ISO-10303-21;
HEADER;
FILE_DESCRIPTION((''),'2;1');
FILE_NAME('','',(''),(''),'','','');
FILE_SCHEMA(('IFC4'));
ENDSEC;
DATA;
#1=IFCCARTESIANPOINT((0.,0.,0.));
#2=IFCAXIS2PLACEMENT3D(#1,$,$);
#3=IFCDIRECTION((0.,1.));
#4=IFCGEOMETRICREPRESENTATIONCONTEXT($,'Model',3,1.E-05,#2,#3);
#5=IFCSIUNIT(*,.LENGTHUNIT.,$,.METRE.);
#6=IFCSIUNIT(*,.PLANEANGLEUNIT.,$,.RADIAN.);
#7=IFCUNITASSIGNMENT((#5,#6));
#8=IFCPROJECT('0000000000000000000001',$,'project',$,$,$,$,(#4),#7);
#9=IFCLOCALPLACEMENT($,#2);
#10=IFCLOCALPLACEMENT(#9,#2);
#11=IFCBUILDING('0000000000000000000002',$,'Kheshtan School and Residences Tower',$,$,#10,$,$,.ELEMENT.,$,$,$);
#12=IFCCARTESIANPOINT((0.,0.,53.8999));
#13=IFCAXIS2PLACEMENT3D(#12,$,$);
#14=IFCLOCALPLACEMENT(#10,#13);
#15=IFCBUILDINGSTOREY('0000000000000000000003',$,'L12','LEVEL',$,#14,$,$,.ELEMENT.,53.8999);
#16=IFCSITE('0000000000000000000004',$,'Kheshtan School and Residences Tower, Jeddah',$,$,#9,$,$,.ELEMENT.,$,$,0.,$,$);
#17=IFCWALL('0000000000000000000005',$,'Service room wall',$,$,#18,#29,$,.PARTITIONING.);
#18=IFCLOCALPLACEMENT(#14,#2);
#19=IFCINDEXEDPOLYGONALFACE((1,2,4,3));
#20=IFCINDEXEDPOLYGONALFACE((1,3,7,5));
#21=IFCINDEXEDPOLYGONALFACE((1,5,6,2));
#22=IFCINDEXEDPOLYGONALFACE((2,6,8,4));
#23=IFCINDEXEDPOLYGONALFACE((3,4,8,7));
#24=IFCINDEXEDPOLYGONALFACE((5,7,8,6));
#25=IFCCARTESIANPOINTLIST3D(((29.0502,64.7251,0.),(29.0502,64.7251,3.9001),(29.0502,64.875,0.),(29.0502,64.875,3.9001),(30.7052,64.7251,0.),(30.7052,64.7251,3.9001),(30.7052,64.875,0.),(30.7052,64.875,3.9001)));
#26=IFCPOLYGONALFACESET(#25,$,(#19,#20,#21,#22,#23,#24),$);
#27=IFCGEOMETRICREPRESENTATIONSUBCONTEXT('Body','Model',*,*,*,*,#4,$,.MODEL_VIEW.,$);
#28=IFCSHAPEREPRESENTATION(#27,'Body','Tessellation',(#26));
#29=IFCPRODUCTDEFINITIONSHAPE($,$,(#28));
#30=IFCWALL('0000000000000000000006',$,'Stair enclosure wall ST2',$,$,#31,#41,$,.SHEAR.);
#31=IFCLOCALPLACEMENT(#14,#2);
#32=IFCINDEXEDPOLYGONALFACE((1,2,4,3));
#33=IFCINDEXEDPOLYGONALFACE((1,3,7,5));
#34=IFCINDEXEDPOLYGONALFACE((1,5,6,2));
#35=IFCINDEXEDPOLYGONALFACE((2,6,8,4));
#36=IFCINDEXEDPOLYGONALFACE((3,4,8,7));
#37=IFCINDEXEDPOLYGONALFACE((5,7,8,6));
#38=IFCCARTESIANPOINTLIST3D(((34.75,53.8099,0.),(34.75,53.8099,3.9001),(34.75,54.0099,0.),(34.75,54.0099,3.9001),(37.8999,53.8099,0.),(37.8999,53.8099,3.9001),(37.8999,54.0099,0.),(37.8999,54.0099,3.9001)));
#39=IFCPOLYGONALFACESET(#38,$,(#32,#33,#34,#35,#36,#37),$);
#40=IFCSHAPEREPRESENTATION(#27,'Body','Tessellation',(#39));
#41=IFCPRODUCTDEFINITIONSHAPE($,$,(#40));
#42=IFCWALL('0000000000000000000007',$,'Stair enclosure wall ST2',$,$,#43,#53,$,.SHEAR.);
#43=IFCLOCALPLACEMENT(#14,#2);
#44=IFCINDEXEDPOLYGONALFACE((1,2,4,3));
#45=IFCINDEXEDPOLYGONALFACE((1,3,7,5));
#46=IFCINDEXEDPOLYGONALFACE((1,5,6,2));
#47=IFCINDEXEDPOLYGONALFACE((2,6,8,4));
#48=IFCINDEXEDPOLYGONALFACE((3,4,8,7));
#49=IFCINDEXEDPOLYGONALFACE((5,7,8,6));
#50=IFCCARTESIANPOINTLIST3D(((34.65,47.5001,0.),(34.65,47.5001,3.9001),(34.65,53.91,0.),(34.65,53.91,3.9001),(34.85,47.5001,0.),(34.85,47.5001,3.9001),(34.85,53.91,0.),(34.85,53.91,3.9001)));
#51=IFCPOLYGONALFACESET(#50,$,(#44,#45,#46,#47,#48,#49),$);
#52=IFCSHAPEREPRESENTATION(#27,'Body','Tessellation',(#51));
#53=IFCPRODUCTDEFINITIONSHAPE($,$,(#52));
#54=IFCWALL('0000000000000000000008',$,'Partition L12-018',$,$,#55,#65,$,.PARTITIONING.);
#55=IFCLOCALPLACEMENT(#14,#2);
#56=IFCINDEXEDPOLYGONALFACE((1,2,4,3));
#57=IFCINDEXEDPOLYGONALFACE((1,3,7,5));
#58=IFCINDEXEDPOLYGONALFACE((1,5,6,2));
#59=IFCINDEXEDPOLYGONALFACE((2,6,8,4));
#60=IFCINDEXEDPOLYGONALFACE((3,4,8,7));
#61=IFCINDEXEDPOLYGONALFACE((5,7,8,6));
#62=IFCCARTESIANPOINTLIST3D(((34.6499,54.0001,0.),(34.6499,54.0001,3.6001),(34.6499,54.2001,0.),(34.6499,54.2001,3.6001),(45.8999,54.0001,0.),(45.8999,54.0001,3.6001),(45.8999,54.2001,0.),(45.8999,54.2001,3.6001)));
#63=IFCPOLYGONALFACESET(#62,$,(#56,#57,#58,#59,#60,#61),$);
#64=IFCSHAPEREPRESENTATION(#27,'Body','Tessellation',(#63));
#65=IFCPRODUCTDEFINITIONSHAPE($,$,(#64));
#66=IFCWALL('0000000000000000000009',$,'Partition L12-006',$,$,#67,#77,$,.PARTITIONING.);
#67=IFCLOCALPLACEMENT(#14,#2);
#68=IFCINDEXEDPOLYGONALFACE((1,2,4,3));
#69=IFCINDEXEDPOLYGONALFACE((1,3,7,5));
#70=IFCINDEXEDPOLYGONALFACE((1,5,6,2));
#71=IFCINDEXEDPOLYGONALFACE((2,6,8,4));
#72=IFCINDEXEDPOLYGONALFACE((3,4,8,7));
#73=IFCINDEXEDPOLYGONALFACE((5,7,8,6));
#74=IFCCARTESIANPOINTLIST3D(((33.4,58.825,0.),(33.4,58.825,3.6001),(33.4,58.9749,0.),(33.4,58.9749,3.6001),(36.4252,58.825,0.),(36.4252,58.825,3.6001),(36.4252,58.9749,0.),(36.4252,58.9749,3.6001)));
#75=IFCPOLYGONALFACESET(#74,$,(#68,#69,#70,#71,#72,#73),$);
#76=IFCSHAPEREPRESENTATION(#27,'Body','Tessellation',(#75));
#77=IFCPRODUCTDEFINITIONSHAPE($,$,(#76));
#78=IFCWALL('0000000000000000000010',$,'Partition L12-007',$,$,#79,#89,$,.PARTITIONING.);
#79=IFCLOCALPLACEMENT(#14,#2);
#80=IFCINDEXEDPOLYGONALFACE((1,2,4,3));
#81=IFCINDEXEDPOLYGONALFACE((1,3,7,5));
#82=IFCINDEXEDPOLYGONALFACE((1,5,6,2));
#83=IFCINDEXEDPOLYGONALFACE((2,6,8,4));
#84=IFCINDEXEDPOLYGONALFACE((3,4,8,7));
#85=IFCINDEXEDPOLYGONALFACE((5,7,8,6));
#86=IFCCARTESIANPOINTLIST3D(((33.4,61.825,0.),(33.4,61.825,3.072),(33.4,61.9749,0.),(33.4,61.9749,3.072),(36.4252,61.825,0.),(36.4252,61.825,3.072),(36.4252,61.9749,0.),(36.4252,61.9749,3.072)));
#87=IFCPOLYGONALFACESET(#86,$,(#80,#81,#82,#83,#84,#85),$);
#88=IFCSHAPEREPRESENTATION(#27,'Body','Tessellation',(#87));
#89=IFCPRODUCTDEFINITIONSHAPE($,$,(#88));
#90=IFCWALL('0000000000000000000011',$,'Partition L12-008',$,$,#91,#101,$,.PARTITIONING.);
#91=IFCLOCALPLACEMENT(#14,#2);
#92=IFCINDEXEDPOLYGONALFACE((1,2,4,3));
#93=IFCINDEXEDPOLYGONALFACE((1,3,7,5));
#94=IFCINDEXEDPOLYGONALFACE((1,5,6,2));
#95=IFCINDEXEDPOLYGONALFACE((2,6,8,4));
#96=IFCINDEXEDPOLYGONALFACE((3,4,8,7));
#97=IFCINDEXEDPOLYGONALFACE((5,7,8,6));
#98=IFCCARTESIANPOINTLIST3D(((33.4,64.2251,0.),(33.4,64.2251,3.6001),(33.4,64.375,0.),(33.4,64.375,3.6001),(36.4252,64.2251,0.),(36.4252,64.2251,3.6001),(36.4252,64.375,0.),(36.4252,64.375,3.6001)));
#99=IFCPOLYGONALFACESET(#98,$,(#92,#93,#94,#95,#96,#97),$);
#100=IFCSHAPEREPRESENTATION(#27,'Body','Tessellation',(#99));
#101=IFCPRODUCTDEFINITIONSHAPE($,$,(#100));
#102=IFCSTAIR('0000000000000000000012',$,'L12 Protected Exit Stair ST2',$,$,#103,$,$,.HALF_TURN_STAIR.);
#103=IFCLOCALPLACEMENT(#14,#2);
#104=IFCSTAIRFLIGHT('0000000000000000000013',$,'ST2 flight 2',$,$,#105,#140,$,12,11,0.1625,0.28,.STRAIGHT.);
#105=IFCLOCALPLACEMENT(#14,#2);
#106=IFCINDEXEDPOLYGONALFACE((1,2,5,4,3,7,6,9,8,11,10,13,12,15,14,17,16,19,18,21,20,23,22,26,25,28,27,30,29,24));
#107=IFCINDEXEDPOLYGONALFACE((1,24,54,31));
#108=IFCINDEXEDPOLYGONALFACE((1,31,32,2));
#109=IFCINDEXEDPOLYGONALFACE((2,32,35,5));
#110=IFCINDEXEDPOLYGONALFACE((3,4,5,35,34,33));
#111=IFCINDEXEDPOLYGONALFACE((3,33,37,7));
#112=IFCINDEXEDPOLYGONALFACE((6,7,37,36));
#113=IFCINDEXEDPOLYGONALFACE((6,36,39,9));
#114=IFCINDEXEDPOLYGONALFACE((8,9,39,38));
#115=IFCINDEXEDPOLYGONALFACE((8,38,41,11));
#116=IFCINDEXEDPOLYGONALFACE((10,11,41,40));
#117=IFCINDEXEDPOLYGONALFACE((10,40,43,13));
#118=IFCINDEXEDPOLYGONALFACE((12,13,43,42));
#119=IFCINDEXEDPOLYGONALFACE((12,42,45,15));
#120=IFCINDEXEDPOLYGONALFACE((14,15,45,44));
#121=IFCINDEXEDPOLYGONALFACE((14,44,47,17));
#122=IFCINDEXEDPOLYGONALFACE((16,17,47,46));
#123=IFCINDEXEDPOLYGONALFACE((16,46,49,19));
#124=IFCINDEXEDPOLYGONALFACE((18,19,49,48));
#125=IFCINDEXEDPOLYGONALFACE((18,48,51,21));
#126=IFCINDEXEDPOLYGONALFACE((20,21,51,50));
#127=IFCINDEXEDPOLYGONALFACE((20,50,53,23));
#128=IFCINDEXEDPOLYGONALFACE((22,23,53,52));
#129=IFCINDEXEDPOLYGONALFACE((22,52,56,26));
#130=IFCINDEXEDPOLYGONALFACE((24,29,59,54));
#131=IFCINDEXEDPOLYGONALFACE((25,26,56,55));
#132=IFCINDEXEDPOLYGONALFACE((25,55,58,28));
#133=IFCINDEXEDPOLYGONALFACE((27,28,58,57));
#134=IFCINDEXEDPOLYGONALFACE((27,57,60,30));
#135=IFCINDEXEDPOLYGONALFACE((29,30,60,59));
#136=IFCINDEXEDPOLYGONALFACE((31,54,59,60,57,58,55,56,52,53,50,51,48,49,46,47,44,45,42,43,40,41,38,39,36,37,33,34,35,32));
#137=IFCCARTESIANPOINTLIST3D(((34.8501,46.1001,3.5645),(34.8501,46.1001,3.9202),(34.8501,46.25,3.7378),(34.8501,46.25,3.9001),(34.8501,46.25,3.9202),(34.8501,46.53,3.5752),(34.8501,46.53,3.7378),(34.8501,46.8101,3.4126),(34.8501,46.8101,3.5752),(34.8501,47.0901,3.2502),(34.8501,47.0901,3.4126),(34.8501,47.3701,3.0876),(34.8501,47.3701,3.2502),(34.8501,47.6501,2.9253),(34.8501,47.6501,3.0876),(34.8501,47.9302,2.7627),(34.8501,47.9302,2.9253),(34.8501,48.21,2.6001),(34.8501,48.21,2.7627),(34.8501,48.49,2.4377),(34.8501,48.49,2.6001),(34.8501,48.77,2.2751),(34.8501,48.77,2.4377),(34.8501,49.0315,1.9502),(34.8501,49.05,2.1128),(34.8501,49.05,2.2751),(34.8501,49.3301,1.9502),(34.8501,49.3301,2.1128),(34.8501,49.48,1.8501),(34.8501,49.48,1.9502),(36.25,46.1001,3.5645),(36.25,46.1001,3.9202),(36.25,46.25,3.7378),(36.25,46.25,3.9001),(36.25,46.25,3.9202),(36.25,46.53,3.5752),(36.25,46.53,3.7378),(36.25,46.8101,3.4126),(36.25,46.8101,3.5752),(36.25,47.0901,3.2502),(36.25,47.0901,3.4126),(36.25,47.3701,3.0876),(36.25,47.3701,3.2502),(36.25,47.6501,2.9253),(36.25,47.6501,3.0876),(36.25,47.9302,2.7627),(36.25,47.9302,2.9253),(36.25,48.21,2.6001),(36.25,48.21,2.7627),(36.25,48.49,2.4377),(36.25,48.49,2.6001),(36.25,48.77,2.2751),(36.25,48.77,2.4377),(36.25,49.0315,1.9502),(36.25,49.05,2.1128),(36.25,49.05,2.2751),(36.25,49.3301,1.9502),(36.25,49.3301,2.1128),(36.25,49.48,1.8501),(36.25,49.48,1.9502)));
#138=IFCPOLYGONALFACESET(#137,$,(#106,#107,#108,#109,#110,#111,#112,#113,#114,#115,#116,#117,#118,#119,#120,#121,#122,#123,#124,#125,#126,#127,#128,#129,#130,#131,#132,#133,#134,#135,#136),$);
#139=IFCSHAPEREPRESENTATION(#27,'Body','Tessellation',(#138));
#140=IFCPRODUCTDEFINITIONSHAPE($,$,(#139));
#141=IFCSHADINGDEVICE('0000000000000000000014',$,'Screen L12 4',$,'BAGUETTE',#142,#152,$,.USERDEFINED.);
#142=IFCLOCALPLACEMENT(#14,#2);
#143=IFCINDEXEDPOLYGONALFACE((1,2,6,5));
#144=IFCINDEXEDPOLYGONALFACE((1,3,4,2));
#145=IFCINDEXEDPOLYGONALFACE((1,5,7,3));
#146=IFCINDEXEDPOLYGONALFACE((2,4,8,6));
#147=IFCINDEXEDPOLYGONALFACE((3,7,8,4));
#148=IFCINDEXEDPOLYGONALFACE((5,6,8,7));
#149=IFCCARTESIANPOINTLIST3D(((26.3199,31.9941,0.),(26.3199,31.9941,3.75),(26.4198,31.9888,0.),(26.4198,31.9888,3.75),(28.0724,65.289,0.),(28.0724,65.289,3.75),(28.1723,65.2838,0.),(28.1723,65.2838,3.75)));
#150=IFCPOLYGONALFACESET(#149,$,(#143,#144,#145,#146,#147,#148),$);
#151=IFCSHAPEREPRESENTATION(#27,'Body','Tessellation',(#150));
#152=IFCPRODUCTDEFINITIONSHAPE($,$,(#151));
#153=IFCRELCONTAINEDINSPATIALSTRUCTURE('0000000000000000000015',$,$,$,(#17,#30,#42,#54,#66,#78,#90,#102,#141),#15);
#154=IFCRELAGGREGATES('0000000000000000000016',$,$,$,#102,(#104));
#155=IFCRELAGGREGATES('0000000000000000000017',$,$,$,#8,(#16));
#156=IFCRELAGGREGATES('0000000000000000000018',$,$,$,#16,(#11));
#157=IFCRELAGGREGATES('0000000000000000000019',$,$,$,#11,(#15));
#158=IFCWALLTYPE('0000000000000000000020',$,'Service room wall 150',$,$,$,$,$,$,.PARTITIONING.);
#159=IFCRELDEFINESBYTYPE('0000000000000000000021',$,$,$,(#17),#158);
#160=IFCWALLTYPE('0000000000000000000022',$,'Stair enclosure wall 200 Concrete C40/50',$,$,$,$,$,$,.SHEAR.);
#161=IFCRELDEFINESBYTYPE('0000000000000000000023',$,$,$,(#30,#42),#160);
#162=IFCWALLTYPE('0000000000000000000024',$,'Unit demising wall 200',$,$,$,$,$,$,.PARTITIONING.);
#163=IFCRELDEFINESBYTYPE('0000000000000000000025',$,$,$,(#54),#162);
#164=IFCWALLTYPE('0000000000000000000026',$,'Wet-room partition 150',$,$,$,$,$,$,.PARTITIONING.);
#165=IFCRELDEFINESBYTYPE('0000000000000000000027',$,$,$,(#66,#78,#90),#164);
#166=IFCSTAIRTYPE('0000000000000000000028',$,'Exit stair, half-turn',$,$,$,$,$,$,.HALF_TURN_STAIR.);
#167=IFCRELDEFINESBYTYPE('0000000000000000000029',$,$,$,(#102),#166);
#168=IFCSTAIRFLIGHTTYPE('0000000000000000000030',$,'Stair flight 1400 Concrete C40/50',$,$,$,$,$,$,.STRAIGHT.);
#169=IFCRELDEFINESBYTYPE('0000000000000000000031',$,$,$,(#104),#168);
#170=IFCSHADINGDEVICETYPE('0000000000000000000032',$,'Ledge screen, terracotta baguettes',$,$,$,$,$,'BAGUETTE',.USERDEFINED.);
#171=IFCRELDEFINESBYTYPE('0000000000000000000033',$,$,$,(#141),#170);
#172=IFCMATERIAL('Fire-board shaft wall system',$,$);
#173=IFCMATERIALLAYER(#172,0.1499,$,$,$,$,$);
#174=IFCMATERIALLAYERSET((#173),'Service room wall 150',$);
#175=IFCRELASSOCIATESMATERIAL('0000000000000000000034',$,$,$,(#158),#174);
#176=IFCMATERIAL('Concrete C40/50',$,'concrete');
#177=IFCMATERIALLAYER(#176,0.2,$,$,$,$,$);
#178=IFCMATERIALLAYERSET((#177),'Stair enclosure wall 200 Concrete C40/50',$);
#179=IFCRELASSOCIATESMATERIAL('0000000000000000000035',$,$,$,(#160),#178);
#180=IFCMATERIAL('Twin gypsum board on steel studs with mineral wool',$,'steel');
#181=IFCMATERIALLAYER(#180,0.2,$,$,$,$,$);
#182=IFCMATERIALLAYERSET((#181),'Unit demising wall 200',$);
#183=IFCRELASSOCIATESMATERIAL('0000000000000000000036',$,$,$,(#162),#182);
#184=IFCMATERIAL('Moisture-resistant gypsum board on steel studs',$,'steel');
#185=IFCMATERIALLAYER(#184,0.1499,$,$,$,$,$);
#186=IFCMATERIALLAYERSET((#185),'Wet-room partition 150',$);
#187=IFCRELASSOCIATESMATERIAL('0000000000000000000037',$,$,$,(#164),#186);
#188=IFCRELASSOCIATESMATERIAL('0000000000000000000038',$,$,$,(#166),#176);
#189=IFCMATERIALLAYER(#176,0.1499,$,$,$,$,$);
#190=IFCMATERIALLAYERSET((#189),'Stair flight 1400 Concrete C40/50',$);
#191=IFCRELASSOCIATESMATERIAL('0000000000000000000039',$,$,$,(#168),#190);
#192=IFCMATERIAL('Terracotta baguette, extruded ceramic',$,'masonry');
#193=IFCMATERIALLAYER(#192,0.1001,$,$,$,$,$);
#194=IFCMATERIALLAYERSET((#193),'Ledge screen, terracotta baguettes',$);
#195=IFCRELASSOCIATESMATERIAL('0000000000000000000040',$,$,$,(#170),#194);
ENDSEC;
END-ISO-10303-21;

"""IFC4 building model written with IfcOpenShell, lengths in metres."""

from ifc_helpers import new_model, si_unit, direction, frame, frame_2d, origin, origin_2d, place, context, subcontext, project, spatial, polyline, rectangle, outline, extrude, material, layer, layer_set, type_object, element, aggregate, save


model = new_model("IFC4")

# Units and contexts
model_context = context("Model", 3, precision=1e-05, world=origin(), true_north=direction((0.0, 1.0)))
body_context = subcontext(model_context, "Body", "Model", "MODEL_VIEW")
ifc_project = project(units=[si_unit("LENGTHUNIT", "METRE"), si_unit("PLANEANGLEUNIT", "RADIAN")], contexts=[model_context])

# Site, building, storey
site_placement = place(None, origin())
site = spatial("IfcSite", under=ifc_project, at=site_placement, Name="Kheshtan School and Residences Tower, Jeddah", CompositionType="ELEMENT", RefElevation=0.0)
building_placement = place(site_placement, origin())
building = spatial("IfcBuilding", under=site, at=building_placement, Name="Kheshtan School and Residences Tower", CompositionType="ELEMENT")
storey_placement = place(building_placement, frame((0.0, 0.0, 53.8999)))
storey = spatial("IfcBuildingStorey", under=building, at=storey_placement, Name="L12", Description="LEVEL", CompositionType="ELEMENT", Elevation=53.8999)

# Shared definitions
ifc_material_1 = material(Name="Fire-board shaft wall system")
ifc_layer_1 = layer(ifc_material_1, 0.1499)
ifc_layer_set_1 = layer_set([ifc_layer_1], Name="Service room wall 150")
wall_type_1 = type_object("IfcWallType", Name="Service room wall 150", PredefinedType="PARTITIONING", material=ifc_layer_set_1)

# Walls
wall_1_placement = place(storey_placement, frame((29.05, 64.8, 0.0), z_axis=(0.0, 0.0, 1.0), x_axis=(1.0, 0.0, 0.0)))
element("IfcWall", 1, at=wall_1_placement, inside=storey, type_object=wall_type_1, Name="Service room wall", PredefinedType="PARTITIONING", context=body_context, shape_type="SweptSolid", body=[
    extrude(rectangle(XDim=1.655, YDim=0.1499, at=frame_2d((0.8276, 0.0))), origin(), (0.0, 0.0, 1.0), 3.9001),
])
ifc_material_2 = material(Name="Concrete C40/50", Category="concrete")
ifc_layer_2 = layer(ifc_material_2, 0.2)
ifc_layer_set_2 = layer_set([ifc_layer_2], Name="Stair enclosure wall 200 Concrete C40/50")
wall_type_2 = type_object("IfcWallType", Name="Stair enclosure wall 200 Concrete C40/50", PredefinedType="SHEAR", material=ifc_layer_set_2)
wall_2_placement = place(storey_placement, frame((34.75, 53.9099, 0.0), z_axis=(0.0, 0.0, 1.0), x_axis=(1.0, 0.0, 0.0)))
element("IfcWall", 2, at=wall_2_placement, inside=storey, type_object=wall_type_2, Name="Stair enclosure wall ST2", PredefinedType="SHEAR", context=body_context, shape_type="SweptSolid", body=[
    extrude(rectangle(XDim=3.1499, YDim=0.2, at=frame_2d((1.575, 0.0))), origin(), (0.0, 0.0, 1.0), 3.9001),
])
wall_3_placement = place(storey_placement, frame((34.75, 47.5, 0.0), z_axis=(0.0, 0.0, 1.0), x_axis=(0.0, 1.0, 0.0)))
element("IfcWall", 3, at=wall_3_placement, inside=storey, type_object=wall_type_2, Name="Stair enclosure wall ST2", PredefinedType="SHEAR", context=body_context, shape_type="SweptSolid", body=[
    extrude(rectangle(XDim=6.4099, YDim=0.2, at=frame_2d((3.2051, 0.0))), origin(), (0.0, 0.0, 1.0), 3.9001),
])
ifc_material_3 = material(Name="Twin gypsum board on steel studs with mineral wool", Category="steel")
ifc_layer_3 = layer(ifc_material_3, 0.2)
ifc_layer_set_3 = layer_set([ifc_layer_3], Name="Unit demising wall 200")
wall_type_3 = type_object("IfcWallType", Name="Unit demising wall 200", PredefinedType="PARTITIONING", material=ifc_layer_set_3)
wall_4_placement = place(storey_placement, frame((34.6499, 54.1001, 0.0), z_axis=(0.0, 0.0, 1.0), x_axis=(1.0, 0.0, 0.0)))
element("IfcWall", 4, at=wall_4_placement, inside=storey, type_object=wall_type_3, Name="Partition L12-018", PredefinedType="PARTITIONING", context=body_context, shape_type="SweptSolid", body=[
    extrude(rectangle(XDim=11.25, YDim=0.2, at=frame_2d((5.625, 0.0))), origin(), (0.0, 0.0, 1.0), 3.6001),
])
ifc_material_4 = material(Name="Moisture-resistant gypsum board on steel studs", Category="steel")
ifc_layer_4 = layer(ifc_material_4, 0.1499)
ifc_layer_set_4 = layer_set([ifc_layer_4], Name="Wet-room partition 150")
wall_type_4 = type_object("IfcWallType", Name="Wet-room partition 150", PredefinedType="PARTITIONING", material=ifc_layer_set_4)
wall_5_placement = place(storey_placement, frame((33.3999, 58.8999, 0.0), z_axis=(0.0, 0.0, 1.0), x_axis=(1.0, 0.0, 0.0)))
element("IfcWall", 5, at=wall_5_placement, inside=storey, type_object=wall_type_4, Name="Partition L12-006", PredefinedType="PARTITIONING", context=body_context, shape_type="SweptSolid", body=[
    extrude(rectangle(XDim=3.0251, YDim=0.1499, at=frame_2d((1.5127, 0.0))), origin(), (0.0, 0.0, 1.0), 3.6001),
])
wall_6_placement = place(storey_placement, frame((33.3999, 61.8999, 0.0), z_axis=(0.0, 0.0, 1.0), x_axis=(1.0, 0.0, 0.0)))
element("IfcWall", 6, at=wall_6_placement, inside=storey, type_object=wall_type_4, Name="Partition L12-007", PredefinedType="PARTITIONING", context=body_context, shape_type="SweptSolid", body=[
    extrude(rectangle(XDim=3.0251, YDim=0.1499, at=frame_2d((1.5127, 0.0))), origin(), (0.0, 0.0, 1.0), 3.072),
])
wall_7_placement = place(storey_placement, frame((33.3999, 64.3, 0.0), z_axis=(0.0, 0.0, 1.0), x_axis=(1.0, 0.0, 0.0)))
element("IfcWall", 7, at=wall_7_placement, inside=storey, type_object=wall_type_4, Name="Partition L12-008", PredefinedType="PARTITIONING", context=body_context, shape_type="SweptSolid", body=[
    extrude(rectangle(XDim=3.0251, YDim=0.1499, at=frame_2d((1.5127, 0.0))), origin(), (0.0, 0.0, 1.0), 3.6001),
])

# Stair, stair flight
stair_type = type_object("IfcStairType", Name="Exit stair, half-turn", PredefinedType="HALF_TURN_STAIR", material=ifc_material_2)
stair_placement = place(storey_placement, origin())
stair = element("IfcStair", 8, at=stair_placement, inside=storey, type_object=stair_type, Name="L12 Protected Exit Stair ST2", PredefinedType="HALF_TURN_STAIR")
ifc_layer_5 = layer(ifc_material_2, 0.1499)
ifc_layer_set_5 = layer_set([ifc_layer_5], Name="Stair flight 1400 Concrete C40/50")
stair_flight_type = type_object("IfcStairFlightType", Name="Stair flight 1400 Concrete C40/50", PredefinedType="STRAIGHT", material=ifc_layer_set_5)
stair_flight_placement = place(storey_placement, frame((35.55, 49.3301, 1.9502), z_axis=(0.0, 0.0, 1.0), x_axis=(0.0, -1.0, 0.0)))
stair_flight = element("IfcStairFlight", 9, at=stair_flight_placement, type_object=stair_flight_type, Name="ST2 flight 2", NumberOfRisers=12, NumberOfTreads=11, PredefinedType="STRAIGHT", RiserHeight=0.1625, TreadLength=0.28, context=body_context, shape_type="SweptSolid", body=[
    extrude(outline(polyline([(-0.1499, -0.1001), (-0.1499, 0.0), (0.0, 0.0), (0.0, 0.1626), (0.28, 0.1626), (0.28, 0.325), (0.5601, 0.325), (0.5601, 0.4875), (0.8401, 0.4875), (0.8401, 0.6499), (1.1201, 0.6499), (1.1201, 0.8125), (1.3999, 0.8125), (1.3999, 0.9751), (1.6799, 0.9751), (1.6799, 1.1375), (1.96, 1.1375), (1.96, 1.3), (2.24, 1.3), (2.24, 1.4624), (2.52, 1.4624), (2.52, 1.625), (2.8, 1.625), (2.8, 1.7876), (3.0801, 1.7876), (3.0801, 1.95), (3.0801, 1.97), (3.23, 1.97), (3.23, 1.6143), (0.2986, 0.0), (-0.1499, -0.1001)])), frame((0.0, 0.7, 0.0), z_axis=(0.0, -1.0, 0.0), x_axis=(1.0, 0.0, 0.0)), (0.0, 0.0, 1.0), 1.3999),
])
aggregate(stair, [stair_flight])

# Shading device
ifc_material_5 = material(Name="Terracotta baguette, extruded ceramic", Category="masonry")
ifc_layer_6 = layer(ifc_material_5, 0.1001)
ifc_layer_set_6 = layer_set([ifc_layer_6], Name="Ledge screen, terracotta baguettes")
shading_device_type = type_object("IfcShadingDeviceType", Name="Ledge screen, terracotta baguettes", ElementType="BAGUETTE", PredefinedType="USERDEFINED", material=ifc_layer_set_6)
shading_device_placement = place(storey_placement, frame((27.2461, 48.6389, 0.0), z_axis=(0.0, 0.0, 1.0), x_axis=(0.052563, 0.998618, 0.0)))
element("IfcShadingDevice", 10, at=shading_device_placement, inside=storey, type_object=shading_device_type, Name="Screen L12 4", ObjectType="BAGUETTE", PredefinedType="USERDEFINED", context=body_context, shape_type="SweptSolid", body=[
    extrude(rectangle(XDim=33.3411, YDim=0.1001, at=origin_2d()), origin(), (0.0, 0.0, 1.0), 3.75),
])

save(model, "model.ifc")
